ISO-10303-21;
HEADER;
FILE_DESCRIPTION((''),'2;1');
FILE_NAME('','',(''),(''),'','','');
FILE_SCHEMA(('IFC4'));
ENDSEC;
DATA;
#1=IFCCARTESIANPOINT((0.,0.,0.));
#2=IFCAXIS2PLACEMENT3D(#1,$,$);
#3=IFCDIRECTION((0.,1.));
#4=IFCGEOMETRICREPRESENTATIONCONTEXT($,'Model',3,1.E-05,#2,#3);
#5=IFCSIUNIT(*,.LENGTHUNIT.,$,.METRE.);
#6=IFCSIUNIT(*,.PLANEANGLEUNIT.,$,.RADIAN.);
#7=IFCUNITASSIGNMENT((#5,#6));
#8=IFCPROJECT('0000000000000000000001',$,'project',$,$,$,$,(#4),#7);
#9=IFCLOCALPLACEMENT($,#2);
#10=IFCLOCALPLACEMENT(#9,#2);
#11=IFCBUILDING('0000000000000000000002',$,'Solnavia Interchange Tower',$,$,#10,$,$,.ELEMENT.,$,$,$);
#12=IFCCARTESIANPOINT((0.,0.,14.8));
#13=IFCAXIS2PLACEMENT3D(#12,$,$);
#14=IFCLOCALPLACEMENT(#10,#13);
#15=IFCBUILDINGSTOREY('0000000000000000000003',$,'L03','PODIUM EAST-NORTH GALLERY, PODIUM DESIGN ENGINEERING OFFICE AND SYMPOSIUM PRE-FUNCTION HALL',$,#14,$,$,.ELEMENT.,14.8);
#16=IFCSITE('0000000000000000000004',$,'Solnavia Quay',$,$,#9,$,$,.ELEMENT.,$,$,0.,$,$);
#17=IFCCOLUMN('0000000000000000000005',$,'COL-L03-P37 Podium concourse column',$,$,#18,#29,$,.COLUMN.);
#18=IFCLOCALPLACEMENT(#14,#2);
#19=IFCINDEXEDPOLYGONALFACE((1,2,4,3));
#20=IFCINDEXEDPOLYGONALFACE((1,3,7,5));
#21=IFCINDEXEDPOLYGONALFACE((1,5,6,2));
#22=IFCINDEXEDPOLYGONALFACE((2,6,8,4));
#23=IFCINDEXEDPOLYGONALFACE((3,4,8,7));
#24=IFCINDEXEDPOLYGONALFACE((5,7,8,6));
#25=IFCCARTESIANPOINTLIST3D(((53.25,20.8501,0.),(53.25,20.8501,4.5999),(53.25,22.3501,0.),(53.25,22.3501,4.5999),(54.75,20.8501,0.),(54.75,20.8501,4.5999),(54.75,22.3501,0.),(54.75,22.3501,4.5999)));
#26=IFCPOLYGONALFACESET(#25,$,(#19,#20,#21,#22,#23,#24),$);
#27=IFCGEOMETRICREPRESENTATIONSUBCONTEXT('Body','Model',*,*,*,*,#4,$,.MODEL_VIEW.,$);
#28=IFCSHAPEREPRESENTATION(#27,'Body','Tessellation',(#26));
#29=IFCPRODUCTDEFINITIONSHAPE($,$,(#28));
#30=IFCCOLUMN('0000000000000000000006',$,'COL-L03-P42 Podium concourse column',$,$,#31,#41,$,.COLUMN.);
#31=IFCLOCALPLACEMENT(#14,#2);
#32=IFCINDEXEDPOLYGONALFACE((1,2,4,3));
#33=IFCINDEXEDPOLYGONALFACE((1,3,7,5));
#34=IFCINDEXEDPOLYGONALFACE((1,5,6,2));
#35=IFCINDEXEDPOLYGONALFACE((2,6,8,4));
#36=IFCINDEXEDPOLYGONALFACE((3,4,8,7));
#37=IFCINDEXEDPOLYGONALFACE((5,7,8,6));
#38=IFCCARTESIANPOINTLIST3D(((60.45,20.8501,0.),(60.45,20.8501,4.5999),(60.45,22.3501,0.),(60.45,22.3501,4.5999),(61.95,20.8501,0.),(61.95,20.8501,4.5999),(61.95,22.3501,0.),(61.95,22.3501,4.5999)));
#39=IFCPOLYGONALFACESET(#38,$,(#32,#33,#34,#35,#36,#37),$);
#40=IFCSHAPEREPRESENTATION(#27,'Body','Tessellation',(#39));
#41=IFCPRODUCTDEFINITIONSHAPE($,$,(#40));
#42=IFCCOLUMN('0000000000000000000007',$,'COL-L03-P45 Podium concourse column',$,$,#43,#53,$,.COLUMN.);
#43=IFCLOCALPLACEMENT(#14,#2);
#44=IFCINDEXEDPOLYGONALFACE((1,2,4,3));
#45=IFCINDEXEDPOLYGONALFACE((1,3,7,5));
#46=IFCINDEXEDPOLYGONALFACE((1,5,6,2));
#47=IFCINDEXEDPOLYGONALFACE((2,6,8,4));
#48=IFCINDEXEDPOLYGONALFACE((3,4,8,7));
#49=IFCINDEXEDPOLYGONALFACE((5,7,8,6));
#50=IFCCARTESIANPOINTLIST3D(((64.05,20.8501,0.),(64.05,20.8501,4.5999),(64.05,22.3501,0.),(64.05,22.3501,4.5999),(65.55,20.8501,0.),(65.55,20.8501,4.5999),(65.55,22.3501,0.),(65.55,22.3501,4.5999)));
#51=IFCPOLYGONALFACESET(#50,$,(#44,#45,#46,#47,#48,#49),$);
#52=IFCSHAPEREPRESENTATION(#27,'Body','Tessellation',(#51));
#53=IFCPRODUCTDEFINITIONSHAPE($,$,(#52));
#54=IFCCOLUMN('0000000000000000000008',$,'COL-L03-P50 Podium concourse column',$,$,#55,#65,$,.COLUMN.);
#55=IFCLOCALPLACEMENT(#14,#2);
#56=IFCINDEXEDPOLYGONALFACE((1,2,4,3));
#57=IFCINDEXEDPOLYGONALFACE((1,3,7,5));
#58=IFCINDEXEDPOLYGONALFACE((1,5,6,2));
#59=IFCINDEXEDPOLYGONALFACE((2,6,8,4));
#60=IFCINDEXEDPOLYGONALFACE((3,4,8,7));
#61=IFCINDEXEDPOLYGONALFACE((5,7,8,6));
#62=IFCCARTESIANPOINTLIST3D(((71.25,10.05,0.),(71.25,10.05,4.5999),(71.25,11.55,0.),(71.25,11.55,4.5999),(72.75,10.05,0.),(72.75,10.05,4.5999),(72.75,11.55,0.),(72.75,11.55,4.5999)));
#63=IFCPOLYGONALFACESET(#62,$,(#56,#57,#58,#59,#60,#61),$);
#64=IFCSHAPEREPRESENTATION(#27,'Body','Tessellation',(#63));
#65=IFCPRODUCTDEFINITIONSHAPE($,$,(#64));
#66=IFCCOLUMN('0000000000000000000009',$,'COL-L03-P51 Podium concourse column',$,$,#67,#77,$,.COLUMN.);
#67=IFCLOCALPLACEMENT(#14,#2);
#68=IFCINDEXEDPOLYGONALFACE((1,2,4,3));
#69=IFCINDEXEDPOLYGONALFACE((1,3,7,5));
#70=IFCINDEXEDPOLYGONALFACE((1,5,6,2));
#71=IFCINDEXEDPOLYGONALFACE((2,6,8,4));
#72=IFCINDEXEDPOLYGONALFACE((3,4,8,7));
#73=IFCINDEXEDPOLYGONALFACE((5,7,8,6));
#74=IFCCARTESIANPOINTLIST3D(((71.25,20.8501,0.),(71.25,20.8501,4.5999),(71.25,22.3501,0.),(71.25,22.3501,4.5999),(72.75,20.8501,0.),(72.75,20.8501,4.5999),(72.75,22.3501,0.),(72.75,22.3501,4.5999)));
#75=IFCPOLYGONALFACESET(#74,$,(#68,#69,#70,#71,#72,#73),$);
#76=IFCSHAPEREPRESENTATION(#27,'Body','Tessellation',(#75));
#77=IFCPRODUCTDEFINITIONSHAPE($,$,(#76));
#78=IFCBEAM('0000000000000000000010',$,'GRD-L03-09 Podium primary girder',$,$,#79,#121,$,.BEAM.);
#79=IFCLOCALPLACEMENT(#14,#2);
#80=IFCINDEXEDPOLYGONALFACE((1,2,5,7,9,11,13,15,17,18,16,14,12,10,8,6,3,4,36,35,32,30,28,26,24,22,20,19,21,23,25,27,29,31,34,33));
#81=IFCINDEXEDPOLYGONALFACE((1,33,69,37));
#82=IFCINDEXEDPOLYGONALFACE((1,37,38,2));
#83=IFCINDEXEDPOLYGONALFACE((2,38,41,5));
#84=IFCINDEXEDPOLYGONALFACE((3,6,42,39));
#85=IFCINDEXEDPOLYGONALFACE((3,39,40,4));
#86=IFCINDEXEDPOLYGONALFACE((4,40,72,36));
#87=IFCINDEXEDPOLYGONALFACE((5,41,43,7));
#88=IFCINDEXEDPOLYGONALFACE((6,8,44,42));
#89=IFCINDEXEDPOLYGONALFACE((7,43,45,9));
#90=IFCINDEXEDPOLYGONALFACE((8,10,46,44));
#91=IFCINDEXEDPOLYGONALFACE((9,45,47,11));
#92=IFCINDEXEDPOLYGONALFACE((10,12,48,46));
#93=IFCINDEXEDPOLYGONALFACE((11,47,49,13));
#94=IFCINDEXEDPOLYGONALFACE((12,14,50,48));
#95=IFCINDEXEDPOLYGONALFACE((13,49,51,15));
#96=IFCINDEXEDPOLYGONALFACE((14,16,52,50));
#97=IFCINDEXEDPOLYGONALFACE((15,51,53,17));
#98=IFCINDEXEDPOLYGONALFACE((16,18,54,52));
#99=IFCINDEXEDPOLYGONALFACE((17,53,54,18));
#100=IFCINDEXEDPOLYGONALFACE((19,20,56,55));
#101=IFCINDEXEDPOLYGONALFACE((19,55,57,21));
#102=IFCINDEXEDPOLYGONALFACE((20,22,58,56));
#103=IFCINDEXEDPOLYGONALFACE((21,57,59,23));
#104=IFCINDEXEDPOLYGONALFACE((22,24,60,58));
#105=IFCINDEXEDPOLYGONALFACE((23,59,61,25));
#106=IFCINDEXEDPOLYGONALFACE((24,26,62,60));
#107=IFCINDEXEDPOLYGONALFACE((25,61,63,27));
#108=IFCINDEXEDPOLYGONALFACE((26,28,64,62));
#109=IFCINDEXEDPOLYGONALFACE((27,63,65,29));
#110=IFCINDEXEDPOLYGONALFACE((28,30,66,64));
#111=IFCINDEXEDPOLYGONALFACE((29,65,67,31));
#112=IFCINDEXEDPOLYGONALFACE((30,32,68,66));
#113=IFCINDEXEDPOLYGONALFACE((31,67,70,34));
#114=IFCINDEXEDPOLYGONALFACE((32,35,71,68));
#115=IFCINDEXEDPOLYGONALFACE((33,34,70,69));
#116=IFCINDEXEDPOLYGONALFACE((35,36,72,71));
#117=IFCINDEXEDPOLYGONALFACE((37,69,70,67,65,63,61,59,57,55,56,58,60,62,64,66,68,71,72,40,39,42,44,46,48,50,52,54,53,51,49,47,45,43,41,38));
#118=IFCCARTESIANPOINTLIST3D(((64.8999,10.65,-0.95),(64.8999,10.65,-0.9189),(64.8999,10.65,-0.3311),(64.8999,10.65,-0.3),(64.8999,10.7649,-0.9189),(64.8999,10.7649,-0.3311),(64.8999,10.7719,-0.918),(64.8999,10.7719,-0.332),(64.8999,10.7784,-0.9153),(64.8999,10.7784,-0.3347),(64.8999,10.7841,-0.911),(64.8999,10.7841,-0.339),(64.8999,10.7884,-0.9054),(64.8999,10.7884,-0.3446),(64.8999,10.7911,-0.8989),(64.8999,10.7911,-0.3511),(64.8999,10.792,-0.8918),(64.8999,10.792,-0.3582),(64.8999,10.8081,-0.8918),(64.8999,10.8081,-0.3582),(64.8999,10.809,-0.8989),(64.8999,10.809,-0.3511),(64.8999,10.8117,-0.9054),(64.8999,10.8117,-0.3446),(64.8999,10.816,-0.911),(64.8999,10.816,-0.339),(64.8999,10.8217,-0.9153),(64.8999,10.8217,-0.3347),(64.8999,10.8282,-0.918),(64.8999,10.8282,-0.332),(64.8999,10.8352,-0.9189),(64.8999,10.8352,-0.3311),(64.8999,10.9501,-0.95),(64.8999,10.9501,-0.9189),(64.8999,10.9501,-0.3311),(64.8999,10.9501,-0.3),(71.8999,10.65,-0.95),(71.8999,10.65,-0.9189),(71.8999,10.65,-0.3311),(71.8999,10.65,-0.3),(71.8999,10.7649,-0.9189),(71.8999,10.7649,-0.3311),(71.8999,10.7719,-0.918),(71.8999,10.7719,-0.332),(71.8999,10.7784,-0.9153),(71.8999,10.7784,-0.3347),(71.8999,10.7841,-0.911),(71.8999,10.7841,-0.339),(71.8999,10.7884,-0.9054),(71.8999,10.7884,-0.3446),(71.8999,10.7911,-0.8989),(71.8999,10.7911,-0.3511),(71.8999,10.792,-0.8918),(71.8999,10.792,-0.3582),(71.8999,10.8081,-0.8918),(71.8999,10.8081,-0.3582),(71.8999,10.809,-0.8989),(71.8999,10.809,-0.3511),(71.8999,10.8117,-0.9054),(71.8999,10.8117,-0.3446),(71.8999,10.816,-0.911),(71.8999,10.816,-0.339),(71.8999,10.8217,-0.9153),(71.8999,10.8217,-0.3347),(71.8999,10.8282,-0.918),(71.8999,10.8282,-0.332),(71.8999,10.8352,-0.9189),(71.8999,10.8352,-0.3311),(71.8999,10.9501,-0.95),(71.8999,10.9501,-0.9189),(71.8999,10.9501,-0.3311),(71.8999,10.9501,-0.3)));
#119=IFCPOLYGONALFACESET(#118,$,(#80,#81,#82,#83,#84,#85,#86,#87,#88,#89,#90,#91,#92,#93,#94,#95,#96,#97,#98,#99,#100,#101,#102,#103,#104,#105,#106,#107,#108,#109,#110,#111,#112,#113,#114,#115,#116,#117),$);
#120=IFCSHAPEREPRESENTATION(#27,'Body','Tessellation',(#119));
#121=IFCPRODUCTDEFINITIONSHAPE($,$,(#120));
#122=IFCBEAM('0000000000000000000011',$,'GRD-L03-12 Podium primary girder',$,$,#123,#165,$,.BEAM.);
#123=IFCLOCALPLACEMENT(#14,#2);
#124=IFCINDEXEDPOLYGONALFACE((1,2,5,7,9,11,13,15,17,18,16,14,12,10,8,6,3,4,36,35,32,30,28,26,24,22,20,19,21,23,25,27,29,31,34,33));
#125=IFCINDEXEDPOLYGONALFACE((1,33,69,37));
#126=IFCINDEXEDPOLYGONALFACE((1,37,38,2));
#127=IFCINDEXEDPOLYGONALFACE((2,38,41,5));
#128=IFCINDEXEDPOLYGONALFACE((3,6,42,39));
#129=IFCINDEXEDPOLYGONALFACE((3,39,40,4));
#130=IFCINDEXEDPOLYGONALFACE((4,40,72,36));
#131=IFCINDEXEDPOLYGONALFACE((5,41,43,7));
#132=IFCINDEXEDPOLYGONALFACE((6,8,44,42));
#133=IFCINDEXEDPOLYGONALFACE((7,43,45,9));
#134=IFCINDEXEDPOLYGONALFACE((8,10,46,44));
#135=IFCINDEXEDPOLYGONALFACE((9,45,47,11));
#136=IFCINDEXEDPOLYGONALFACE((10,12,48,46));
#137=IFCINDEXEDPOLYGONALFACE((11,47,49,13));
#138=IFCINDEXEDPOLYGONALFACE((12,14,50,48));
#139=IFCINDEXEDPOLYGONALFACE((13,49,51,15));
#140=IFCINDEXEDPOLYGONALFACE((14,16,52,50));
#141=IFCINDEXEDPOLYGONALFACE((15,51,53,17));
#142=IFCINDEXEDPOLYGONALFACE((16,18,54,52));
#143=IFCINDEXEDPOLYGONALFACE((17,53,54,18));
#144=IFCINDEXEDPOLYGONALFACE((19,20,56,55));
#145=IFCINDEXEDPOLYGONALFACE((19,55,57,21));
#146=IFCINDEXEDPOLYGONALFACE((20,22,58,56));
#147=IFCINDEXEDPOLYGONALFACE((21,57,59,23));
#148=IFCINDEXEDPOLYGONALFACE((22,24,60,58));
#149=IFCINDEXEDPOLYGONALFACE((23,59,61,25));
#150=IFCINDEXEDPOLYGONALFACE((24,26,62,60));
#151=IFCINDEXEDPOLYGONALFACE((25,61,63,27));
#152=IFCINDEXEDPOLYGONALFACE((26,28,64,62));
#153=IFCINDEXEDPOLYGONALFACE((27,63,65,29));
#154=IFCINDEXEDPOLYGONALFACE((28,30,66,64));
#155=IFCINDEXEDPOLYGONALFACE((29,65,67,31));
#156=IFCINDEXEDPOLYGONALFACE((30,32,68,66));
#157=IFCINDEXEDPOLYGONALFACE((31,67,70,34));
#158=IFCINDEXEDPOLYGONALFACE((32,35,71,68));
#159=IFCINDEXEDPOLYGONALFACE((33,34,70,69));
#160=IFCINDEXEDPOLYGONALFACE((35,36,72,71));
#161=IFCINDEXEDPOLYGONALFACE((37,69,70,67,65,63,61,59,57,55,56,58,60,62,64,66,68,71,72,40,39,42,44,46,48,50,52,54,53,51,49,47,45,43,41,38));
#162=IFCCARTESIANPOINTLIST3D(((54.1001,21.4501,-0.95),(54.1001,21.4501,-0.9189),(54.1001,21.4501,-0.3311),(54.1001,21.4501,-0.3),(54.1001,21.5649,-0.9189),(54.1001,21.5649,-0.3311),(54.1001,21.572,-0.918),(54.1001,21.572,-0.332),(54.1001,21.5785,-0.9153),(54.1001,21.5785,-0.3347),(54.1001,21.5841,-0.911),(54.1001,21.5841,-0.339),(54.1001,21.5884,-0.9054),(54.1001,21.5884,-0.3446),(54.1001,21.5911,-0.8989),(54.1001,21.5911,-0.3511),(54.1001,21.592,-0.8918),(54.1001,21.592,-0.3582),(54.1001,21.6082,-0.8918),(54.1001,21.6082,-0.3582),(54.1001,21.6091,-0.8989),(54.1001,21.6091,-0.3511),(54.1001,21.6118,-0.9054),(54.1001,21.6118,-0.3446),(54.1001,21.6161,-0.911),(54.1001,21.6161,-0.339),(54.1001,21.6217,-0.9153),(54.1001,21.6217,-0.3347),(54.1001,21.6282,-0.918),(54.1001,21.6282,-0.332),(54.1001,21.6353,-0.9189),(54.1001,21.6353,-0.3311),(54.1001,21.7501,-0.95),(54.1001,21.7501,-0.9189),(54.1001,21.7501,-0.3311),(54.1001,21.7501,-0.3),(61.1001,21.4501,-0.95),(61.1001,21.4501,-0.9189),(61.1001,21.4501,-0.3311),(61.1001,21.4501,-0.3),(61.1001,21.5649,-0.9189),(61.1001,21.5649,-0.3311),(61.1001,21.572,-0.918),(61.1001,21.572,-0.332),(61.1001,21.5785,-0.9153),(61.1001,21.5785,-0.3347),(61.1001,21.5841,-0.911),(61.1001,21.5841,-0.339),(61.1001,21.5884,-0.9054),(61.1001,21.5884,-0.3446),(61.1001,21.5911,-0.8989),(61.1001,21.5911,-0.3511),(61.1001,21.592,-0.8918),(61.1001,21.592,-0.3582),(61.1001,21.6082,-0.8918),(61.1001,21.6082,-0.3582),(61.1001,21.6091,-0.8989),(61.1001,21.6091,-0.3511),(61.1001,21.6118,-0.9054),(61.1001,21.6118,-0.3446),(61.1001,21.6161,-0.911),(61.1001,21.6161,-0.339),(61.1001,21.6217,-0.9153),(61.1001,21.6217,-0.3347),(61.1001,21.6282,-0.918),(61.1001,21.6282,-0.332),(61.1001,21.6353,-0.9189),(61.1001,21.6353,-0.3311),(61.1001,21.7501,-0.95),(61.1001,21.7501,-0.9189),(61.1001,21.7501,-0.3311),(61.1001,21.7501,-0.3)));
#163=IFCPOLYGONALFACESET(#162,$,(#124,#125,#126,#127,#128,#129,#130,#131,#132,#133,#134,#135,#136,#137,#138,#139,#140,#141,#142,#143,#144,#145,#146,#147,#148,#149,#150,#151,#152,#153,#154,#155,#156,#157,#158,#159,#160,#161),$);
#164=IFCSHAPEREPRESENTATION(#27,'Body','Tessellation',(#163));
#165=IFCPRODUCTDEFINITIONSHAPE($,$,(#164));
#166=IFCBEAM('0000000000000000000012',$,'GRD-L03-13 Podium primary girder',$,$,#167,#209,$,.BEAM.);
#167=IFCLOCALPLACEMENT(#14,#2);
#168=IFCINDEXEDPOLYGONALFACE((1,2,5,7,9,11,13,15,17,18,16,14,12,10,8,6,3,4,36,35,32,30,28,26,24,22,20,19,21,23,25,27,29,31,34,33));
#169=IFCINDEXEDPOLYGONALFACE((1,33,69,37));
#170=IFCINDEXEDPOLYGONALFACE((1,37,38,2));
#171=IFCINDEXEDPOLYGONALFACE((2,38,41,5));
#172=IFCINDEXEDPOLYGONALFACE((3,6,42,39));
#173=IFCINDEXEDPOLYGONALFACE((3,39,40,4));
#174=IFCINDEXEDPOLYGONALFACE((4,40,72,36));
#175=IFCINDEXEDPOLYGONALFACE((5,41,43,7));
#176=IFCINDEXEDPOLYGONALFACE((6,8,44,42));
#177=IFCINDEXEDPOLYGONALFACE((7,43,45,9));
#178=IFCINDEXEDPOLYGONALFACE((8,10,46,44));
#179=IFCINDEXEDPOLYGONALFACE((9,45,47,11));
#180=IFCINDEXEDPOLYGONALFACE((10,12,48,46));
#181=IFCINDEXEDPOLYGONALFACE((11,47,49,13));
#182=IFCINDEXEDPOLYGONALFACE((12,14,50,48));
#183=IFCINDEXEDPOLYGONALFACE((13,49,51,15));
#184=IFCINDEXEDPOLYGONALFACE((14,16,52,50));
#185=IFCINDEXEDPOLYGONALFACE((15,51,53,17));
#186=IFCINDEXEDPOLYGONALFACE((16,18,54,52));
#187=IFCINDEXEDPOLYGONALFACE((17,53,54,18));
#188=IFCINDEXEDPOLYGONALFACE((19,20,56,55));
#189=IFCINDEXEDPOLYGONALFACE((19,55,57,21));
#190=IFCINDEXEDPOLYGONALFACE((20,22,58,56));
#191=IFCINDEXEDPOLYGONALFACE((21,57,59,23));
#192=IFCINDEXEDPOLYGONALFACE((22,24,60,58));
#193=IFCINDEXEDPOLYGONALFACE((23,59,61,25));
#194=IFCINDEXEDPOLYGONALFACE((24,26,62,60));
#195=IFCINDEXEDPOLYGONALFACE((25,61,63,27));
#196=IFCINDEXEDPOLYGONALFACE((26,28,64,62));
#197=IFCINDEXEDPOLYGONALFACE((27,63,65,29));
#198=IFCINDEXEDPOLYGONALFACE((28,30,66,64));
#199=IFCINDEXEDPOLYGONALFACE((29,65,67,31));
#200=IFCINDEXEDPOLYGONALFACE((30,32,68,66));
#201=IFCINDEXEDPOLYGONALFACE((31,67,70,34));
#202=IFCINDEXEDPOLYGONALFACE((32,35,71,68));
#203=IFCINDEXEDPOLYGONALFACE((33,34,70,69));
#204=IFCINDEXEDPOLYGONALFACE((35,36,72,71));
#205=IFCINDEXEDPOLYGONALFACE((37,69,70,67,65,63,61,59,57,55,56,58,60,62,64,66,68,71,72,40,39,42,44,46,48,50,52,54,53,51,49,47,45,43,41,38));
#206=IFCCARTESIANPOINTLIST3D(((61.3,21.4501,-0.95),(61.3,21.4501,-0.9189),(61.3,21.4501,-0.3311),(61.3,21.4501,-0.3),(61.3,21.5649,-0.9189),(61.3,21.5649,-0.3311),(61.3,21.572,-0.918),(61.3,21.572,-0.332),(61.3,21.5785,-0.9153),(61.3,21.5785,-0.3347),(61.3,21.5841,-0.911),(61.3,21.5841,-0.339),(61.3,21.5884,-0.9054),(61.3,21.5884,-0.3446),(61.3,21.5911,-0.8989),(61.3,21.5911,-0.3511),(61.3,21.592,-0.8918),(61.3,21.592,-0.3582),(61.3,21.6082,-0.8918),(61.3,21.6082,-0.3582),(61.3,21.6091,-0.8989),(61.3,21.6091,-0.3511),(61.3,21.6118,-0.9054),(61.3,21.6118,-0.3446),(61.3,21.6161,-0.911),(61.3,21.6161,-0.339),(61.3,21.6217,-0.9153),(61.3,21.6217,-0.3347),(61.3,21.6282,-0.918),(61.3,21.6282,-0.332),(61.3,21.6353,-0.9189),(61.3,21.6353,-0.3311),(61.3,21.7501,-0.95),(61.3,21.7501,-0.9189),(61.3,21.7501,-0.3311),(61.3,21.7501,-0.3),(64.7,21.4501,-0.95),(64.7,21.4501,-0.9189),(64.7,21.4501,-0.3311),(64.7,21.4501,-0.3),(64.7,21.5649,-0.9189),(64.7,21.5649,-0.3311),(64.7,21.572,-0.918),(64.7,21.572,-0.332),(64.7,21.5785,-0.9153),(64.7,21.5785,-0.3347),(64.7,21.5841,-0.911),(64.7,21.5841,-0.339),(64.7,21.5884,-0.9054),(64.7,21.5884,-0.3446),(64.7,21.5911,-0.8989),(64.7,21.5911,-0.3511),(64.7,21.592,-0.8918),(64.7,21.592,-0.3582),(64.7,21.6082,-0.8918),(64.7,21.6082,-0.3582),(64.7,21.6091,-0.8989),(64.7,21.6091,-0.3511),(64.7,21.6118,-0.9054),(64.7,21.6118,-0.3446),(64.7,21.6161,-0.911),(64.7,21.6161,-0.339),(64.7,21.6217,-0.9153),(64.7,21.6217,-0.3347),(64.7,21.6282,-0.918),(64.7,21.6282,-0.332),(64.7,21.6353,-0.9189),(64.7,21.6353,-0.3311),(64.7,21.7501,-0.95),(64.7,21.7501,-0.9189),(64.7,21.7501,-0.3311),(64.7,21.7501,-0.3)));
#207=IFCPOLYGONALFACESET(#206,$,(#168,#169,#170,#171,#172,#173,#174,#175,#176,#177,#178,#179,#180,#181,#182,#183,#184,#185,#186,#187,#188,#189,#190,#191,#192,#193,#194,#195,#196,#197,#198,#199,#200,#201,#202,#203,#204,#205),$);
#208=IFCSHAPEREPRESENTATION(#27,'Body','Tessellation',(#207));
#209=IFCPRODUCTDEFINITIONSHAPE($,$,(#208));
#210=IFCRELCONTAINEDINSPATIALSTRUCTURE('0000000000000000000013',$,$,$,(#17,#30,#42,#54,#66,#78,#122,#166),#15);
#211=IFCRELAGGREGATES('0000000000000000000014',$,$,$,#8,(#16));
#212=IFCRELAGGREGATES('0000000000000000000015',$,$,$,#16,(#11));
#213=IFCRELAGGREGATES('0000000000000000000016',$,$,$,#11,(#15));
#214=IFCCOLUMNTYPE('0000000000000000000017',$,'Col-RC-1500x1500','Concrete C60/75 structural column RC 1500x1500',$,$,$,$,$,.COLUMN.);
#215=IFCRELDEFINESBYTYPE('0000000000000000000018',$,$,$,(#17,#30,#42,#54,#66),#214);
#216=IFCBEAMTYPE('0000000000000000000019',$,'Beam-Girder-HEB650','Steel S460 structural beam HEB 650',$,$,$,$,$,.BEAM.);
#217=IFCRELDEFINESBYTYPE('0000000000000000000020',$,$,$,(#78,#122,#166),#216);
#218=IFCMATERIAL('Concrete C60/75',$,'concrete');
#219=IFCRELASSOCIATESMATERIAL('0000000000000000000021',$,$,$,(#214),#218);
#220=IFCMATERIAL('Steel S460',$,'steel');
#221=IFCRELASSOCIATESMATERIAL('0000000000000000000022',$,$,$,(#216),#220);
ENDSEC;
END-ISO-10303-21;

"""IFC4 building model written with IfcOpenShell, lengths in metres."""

from ifc_helpers import new_model, si_unit, direction, frame, origin, origin_2d, place, context, subcontext, project, spatial, rectangle, i_section, extrude, material, material_profile, profile_set, type_object, element, save


model = new_model("IFC4")

# Units and contexts
model_context = context("Model", 3, precision=1e-05, world=origin(), true_north=direction((0.0, 1.0)))
body_context = subcontext(model_context, "Body", "Model", "MODEL_VIEW")
ifc_project = project(units=[si_unit("LENGTHUNIT", "METRE"), si_unit("PLANEANGLEUNIT", "RADIAN")], contexts=[model_context])

# Site, building, storey
site_placement = place(None, origin())
site = spatial("IfcSite", under=ifc_project, at=site_placement, Name="Solnavia Quay", CompositionType="ELEMENT", RefElevation=0.0)
building_placement = place(site_placement, origin())
building = spatial("IfcBuilding", under=site, at=building_placement, Name="Solnavia Interchange Tower", CompositionType="ELEMENT")
storey_placement = place(building_placement, frame((0.0, 0.0, 14.8)))
storey = spatial("IfcBuildingStorey", under=building, at=storey_placement, Name="L03", Description="PODIUM EAST-NORTH GALLERY, PODIUM DESIGN ENGINEERING OFFICE AND SYMPOSIUM PRE-FUNCTION HALL", CompositionType="ELEMENT", Elevation=14.8)

# Columns
ifc_material_1 = material(Name="Concrete C60/75", Category="concrete")
ifc_material_profile_1 = material_profile(ifc_material_1, rectangle(XDim=1.5, YDim=1.5, at=origin_2d()), Name="RC 1500x1500")
ifc_profile_set_1 = profile_set([ifc_material_profile_1], Name="Concrete C60/75")
column_type = type_object("IfcColumnType", Name="Col-RC-1500x1500", Description="Concrete C60/75 structural column RC 1500x1500", PredefinedType="COLUMN", material=ifc_profile_set_1)
for number, where, z_axis, x_axis, name in (
    (1, (54.0, 21.6001, 0.0), (0.0, 0.0, 1.0), (1.0, 0.0, 0.0), "COL-L03-P37 Podium concourse column"),
    (2, (61.2, 21.6001, 0.0), (0.0, 0.0, 1.0), (1.0, 0.0, 0.0), "COL-L03-P42 Podium concourse column"),
    (3, (64.8, 21.6001, 0.0), (0.0, 0.0, 1.0), (1.0, 0.0, 0.0), "COL-L03-P45 Podium concourse column"),
    (4, (72.0, 10.8, 0.0), (0.0, 0.0, 1.0), (1.0, 0.0, 0.0), "COL-L03-P50 Podium concourse column"),
    (5, (72.0, 21.6001, 0.0), (0.0, 0.0, 1.0), (1.0, 0.0, 0.0), "COL-L03-P51 Podium concourse column"),
):
    element("IfcColumn", number, at=place(storey_placement, frame(where, z_axis=z_axis, x_axis=x_axis)), inside=storey, type_object=column_type, Name=name, PredefinedType="COLUMN", context=body_context, shape_type="SweptSolid", body=[
        extrude(rectangle(XDim=1.5, YDim=1.5, at=origin_2d()), origin(), (0.0, 0.0, 1.0), 4.5999),
    ])

# Beams
ifc_material_2 = material(Name="Steel S460", Category="steel")
ifc_material_profile_2 = material_profile(ifc_material_2, i_section(OverallWidth=0.3, OverallDepth=0.6499, WebThickness=0.0161, FlangeThickness=0.031, FilletRadius=0.0271, at=origin_2d()), Name="HEB 650")
ifc_profile_set_2 = profile_set([ifc_material_profile_2], Name="Steel S460")
beam_type_1 = type_object("IfcBeamType", Name="Beam-Girder-HEB650", Description="Steel S460 structural beam HEB 650", PredefinedType="BEAM", material=ifc_profile_set_2)
for number, where, z_axis, x_axis, name in (
    (6, (64.8999, 10.8, -0.625), (1.0, 0.0, 0.0), (0.0, 1.0, 0.0), "GRD-L03-09 Podium primary girder"),
    (7, (54.1001, 21.6001, -0.625), (1.0, 0.0, 0.0), (0.0, 1.0, 0.0), "GRD-L03-12 Podium primary girder"),
):
    element("IfcBeam", number, at=place(storey_placement, frame(where, z_axis=z_axis, x_axis=x_axis)), inside=storey, type_object=beam_type_1, Name=name, PredefinedType="BEAM", context=body_context, shape_type="SweptSolid", body=[
        extrude(i_section(OverallWidth=0.3, OverallDepth=0.6499, WebThickness=0.0161, FlangeThickness=0.031, FilletRadius=0.0271, at=origin_2d()), origin(), (0.0, 0.0, 1.0), 7.0),
    ])
beam_1_placement = place(storey_placement, frame((61.3, 21.6001, -0.625), z_axis=(1.0, 0.0, 0.0), x_axis=(0.0, 1.0, 0.0)))
element("IfcBeam", 8, at=beam_1_placement, inside=storey, type_object=beam_type_1, Name="GRD-L03-13 Podium primary girder", PredefinedType="BEAM", context=body_context, shape_type="SweptSolid", body=[
    extrude(i_section(OverallWidth=0.3, OverallDepth=0.6499, WebThickness=0.0161, FlangeThickness=0.031, FilletRadius=0.0271, at=origin_2d()), origin(), (0.0, 0.0, 1.0), 3.3999),
])

save(model, "model.ifc")
